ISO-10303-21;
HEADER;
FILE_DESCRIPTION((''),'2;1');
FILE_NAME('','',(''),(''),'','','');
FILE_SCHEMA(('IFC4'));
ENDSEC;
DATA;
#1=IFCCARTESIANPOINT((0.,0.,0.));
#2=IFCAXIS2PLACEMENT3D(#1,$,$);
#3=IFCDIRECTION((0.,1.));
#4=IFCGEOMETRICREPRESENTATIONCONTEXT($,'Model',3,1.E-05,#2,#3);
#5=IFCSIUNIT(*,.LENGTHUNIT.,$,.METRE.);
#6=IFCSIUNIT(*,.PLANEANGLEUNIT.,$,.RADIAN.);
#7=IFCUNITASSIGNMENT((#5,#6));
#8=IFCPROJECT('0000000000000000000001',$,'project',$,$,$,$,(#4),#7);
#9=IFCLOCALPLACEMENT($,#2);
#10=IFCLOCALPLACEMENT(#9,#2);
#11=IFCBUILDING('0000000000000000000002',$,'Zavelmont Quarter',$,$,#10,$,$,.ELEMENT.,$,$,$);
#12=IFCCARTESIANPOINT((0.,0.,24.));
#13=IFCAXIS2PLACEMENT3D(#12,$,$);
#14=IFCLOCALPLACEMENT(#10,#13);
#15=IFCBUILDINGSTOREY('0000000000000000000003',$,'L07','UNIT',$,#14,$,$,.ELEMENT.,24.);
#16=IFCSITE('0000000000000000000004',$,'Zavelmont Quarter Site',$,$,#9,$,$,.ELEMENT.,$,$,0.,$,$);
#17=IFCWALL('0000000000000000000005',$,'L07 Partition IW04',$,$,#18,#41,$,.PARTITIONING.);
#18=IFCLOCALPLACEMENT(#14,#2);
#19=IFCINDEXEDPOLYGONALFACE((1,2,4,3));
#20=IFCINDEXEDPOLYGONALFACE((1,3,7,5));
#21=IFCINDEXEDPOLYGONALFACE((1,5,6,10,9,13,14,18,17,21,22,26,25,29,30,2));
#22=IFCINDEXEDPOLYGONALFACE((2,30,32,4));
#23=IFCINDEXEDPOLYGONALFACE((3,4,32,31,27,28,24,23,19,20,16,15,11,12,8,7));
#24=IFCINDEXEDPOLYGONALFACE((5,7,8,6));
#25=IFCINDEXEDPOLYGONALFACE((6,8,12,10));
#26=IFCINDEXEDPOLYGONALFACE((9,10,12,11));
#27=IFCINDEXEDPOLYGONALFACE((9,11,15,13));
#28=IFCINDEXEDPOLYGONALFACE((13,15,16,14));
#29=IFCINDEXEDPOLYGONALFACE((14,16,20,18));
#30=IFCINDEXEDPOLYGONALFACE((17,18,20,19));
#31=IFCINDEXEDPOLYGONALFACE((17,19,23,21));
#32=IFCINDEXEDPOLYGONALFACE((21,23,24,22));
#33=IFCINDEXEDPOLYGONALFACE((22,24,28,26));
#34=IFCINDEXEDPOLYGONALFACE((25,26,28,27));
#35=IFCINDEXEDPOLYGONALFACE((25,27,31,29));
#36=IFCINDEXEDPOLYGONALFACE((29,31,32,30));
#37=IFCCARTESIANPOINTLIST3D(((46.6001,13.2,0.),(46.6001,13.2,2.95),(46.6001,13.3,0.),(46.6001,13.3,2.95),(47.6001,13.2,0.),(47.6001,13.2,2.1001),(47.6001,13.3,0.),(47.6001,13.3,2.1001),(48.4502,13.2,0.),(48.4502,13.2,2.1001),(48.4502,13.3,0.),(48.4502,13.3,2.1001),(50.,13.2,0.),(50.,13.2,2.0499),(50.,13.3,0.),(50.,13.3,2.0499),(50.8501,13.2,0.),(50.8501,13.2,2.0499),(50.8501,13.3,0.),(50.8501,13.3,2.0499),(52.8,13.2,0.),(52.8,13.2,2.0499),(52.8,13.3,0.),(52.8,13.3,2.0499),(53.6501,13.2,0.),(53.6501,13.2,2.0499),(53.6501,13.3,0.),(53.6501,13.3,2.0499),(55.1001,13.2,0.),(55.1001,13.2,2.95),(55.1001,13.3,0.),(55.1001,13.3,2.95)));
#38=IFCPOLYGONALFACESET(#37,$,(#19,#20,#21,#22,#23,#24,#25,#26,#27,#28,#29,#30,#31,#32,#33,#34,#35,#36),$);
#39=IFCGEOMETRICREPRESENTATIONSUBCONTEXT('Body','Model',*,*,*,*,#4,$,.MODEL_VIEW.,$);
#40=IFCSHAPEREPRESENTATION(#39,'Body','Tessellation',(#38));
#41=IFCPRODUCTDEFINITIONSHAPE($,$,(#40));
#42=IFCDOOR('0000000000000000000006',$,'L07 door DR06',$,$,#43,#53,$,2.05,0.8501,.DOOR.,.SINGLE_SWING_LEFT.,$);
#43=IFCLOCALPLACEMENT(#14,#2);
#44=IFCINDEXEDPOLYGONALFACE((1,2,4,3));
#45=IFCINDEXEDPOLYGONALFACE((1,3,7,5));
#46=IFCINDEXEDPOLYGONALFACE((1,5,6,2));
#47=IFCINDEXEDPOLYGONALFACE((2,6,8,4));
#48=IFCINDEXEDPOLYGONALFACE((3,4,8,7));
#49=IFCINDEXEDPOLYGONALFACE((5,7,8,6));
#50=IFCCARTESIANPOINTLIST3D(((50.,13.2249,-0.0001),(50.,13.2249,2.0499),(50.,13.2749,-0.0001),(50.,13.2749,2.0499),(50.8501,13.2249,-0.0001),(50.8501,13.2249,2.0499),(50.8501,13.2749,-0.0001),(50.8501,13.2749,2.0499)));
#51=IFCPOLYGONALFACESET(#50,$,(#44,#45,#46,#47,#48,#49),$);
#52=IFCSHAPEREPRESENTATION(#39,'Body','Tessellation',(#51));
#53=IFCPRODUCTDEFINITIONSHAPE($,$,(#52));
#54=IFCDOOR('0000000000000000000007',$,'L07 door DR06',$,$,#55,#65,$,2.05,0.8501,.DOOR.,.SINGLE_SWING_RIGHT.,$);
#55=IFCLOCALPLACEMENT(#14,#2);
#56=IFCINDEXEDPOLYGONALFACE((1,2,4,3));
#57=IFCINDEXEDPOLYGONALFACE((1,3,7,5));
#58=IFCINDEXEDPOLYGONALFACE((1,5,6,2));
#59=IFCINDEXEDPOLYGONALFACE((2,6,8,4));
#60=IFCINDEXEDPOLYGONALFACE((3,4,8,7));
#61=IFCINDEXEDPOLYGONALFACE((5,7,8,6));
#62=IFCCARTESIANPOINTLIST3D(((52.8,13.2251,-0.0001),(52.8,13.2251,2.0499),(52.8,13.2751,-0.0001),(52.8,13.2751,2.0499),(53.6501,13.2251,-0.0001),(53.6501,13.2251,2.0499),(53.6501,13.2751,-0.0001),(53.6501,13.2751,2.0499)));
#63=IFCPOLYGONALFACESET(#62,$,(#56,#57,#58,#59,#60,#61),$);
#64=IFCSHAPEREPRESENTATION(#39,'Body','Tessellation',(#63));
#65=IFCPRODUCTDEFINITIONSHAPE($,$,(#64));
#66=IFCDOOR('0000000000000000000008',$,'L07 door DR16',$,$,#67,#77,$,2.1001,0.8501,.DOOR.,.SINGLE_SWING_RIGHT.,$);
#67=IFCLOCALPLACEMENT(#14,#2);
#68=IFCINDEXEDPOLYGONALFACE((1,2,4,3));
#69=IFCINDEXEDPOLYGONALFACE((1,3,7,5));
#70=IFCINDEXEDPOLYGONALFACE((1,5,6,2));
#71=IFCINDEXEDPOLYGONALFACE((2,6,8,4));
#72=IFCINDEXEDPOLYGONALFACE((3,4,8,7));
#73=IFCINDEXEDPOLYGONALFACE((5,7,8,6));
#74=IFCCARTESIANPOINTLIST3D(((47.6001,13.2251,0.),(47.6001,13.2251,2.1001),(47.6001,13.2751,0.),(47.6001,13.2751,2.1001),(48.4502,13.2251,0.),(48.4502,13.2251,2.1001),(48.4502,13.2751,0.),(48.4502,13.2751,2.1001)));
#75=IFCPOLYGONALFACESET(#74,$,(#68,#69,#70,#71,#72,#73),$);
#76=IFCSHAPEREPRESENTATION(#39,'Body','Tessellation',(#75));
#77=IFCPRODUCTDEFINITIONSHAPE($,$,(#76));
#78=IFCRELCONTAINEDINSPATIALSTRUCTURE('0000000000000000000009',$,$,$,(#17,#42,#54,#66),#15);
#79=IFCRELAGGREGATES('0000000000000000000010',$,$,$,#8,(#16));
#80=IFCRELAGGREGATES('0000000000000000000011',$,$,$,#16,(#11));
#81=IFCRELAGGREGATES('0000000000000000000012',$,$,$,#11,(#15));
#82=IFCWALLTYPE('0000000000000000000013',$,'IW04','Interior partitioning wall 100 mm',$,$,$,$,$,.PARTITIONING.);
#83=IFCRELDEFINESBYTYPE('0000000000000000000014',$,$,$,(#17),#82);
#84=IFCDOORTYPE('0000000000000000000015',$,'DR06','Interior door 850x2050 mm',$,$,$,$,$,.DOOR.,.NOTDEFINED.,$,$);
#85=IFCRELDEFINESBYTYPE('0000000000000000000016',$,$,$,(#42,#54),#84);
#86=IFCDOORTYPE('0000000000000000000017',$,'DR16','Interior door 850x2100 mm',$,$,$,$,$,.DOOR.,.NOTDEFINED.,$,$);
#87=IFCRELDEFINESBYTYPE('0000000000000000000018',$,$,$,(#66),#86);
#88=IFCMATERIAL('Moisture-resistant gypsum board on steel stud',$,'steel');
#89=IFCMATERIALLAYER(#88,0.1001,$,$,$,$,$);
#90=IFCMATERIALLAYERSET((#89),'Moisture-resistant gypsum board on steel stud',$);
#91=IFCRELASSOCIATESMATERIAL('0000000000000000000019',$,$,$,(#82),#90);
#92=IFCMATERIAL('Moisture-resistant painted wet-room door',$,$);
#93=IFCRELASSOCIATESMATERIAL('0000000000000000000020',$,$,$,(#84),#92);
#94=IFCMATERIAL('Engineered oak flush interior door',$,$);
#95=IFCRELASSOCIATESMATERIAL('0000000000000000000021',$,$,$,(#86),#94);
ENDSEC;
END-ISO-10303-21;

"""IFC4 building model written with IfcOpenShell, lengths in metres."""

from ifc_helpers import new_model, si_unit, direction, frame, frame_2d, origin, origin_with_axes, place, context, subcontext, project, spatial, rectangle, extrude, material, layer, layer_set, type_object, element, fill, save


model = new_model("IFC4")

# Units and contexts
model_context = context("Model", 3, precision=1e-05, world=origin(), true_north=direction((0.0, 1.0)))
body_context = subcontext(model_context, "Body", "Model", "MODEL_VIEW")
ifc_project = project(units=[si_unit("LENGTHUNIT", "METRE"), si_unit("PLANEANGLEUNIT", "RADIAN")], contexts=[model_context])

# Site, building, storey
site_placement = place(None, origin())
site = spatial("IfcSite", under=ifc_project, at=site_placement, Name="Zavelmont Quarter Site", CompositionType="ELEMENT", RefElevation=0.0)
building_placement = place(site_placement, origin())
building = spatial("IfcBuilding", under=site, at=building_placement, Name="Zavelmont Quarter", CompositionType="ELEMENT")
storey_placement = place(building_placement, frame((0.0, 0.0, 24.0)))
storey = spatial("IfcBuildingStorey", under=building, at=storey_placement, Name="L07", Description="UNIT", CompositionType="ELEMENT", Elevation=24.0)

# Shared definitions
ifc_material_1 = material(Name="Engineered oak flush interior door")

# Wall, openings, doors
ifc_material_2 = material(Name="Moisture-resistant gypsum board on steel stud", Category="steel")
ifc_layer_1 = layer(ifc_material_2, 0.1001)
ifc_layer_set_1 = layer_set([ifc_layer_1], Name="Moisture-resistant gypsum board on steel stud")
wall_type_1 = type_object("IfcWallType", Name="IW04", Description="Interior partitioning wall 100 mm", PredefinedType="PARTITIONING", material=ifc_layer_set_1)
wall_1_placement = place(storey_placement, frame((46.6001, 13.25, 0.0), z_axis=(0.0, 0.0, 1.0), x_axis=(1.0, 0.0, 0.0)))
wall_1 = element("IfcWall", 1, at=wall_1_placement, inside=storey, type_object=wall_type_1, Name="L07 Partition IW04", PredefinedType="PARTITIONING", context=body_context, shape_type="SweptSolid", body=[
    extrude(rectangle(XDim=8.5, YDim=0.1001, at=frame_2d((4.25, 0.0))), origin(), (0.0, 0.0, 1.0), 2.95),
])
opening_1_placement = place(wall_1_placement, frame((1.0, 0.0, 0.0)))
opening_1 = element("IfcOpeningElement", 2, at=opening_1_placement, cuts=wall_1, PredefinedType="OPENING", context=body_context, shape_type="SweptSolid", body=[
    extrude(rectangle(XDim=0.8501, YDim=2.1001, at=frame_2d((0.425, 1.05))), frame((0.0, 0.062, 0.0), z_axis=(0.0, -1.0, 0.0), x_axis=(1.0, 0.0, 0.0)), (0.0, 0.0, 1.0), 0.124),
])
opening_2_placement = place(wall_1_placement, frame((3.3999, 0.0, 0.0)))
opening_2 = element("IfcOpeningElement", 3, at=opening_2_placement, cuts=wall_1, PredefinedType="OPENING", context=body_context, shape_type="SweptSolid", body=[
    extrude(rectangle(XDim=0.8501, YDim=2.05, at=frame_2d((0.425, 1.0249))), frame((0.0, 0.062, 0.0), z_axis=(0.0, -1.0, 0.0), x_axis=(1.0, 0.0, 0.0)), (0.0, 0.0, 1.0), 0.124),
])
opening_3_placement = place(wall_1_placement, frame((6.2, 0.0, 0.0)))
opening_3 = element("IfcOpeningElement", 4, at=opening_3_placement, cuts=wall_1, PredefinedType="OPENING", context=body_context, shape_type="SweptSolid", body=[
    extrude(rectangle(XDim=0.8501, YDim=2.05, at=frame_2d((0.425, 1.0249))), frame((0.0, 0.062, 0.0), z_axis=(0.0, -1.0, 0.0), x_axis=(1.0, 0.0, 0.0)), (0.0, 0.0, 1.0), 0.124),
])
ifc_material_3 = material(Name="Moisture-resistant painted wet-room door")
door_type_1 = type_object("IfcDoorType", Name="DR06", Description="Interior door 850x2050 mm", OperationType="NOTDEFINED", PredefinedType="DOOR", material=ifc_material_3)
door_1_placement = place(opening_2_placement, origin_with_axes())
door_1 = element("IfcDoor", 5, at=door_1_placement, inside=storey, type_object=door_type_1, Name="L07 door DR06", OperationType="SINGLE_SWING_LEFT", OverallHeight=2.05, OverallWidth=0.8501, PredefinedType="DOOR", context=body_context, shape_type="SweptSolid", body=[
    extrude(rectangle(XDim=0.8501, YDim=2.05, at=frame_2d((0.425, 1.0249))), frame((0.0, 0.0249, 0.0), z_axis=(0.0, -1.0, 0.0), x_axis=(1.0, 0.0, 0.0)), (0.0, 0.0, 1.0), 0.05),
])
fill(opening_2, door_1)
door_2_placement = place(opening_3_placement, frame((0.8501, 0.0, 0.0), z_axis=(0.0, 0.0, 1.0), x_axis=(-1.0, 0.0, 0.0)))
door_2 = element("IfcDoor", 6, at=door_2_placement, inside=storey, type_object=door_type_1, Name="L07 door DR06", OperationType="SINGLE_SWING_RIGHT", OverallHeight=2.05, OverallWidth=0.8501, PredefinedType="DOOR", context=body_context, shape_type="SweptSolid", body=[
    extrude(rectangle(XDim=0.8501, YDim=2.05, at=frame_2d((0.425, 1.0249))), frame((0.0, 0.0249, 0.0), z_axis=(0.0, -1.0, 0.0), x_axis=(1.0, 0.0, 0.0)), (0.0, 0.0, 1.0), 0.05),
])
fill(opening_3, door_2)
door_type_2 = type_object("IfcDoorType", Name="DR16", Description="Interior door 850x2100 mm", OperationType="NOTDEFINED", PredefinedType="DOOR", material=ifc_material_1)
door_3_placement = place(opening_1_placement, frame((0.8501, 0.0, 0.0), z_axis=(0.0, 0.0, 1.0), x_axis=(-1.0, 0.0, 0.0)))
door_3 = element("IfcDoor", 7, at=door_3_placement, inside=storey, type_object=door_type_2, Name="L07 door DR16", OperationType="SINGLE_SWING_RIGHT", OverallHeight=2.1001, OverallWidth=0.8501, PredefinedType="DOOR", context=body_context, shape_type="SweptSolid", body=[
    extrude(rectangle(XDim=0.8501, YDim=2.1001, at=frame_2d((0.425, 1.05))), frame((0.0, 0.0249, 0.0), z_axis=(0.0, -1.0, 0.0), x_axis=(1.0, 0.0, 0.0)), (0.0, 0.0, 1.0), 0.05),
])
fill(opening_1, door_3)

save(model, "model.ifc")
